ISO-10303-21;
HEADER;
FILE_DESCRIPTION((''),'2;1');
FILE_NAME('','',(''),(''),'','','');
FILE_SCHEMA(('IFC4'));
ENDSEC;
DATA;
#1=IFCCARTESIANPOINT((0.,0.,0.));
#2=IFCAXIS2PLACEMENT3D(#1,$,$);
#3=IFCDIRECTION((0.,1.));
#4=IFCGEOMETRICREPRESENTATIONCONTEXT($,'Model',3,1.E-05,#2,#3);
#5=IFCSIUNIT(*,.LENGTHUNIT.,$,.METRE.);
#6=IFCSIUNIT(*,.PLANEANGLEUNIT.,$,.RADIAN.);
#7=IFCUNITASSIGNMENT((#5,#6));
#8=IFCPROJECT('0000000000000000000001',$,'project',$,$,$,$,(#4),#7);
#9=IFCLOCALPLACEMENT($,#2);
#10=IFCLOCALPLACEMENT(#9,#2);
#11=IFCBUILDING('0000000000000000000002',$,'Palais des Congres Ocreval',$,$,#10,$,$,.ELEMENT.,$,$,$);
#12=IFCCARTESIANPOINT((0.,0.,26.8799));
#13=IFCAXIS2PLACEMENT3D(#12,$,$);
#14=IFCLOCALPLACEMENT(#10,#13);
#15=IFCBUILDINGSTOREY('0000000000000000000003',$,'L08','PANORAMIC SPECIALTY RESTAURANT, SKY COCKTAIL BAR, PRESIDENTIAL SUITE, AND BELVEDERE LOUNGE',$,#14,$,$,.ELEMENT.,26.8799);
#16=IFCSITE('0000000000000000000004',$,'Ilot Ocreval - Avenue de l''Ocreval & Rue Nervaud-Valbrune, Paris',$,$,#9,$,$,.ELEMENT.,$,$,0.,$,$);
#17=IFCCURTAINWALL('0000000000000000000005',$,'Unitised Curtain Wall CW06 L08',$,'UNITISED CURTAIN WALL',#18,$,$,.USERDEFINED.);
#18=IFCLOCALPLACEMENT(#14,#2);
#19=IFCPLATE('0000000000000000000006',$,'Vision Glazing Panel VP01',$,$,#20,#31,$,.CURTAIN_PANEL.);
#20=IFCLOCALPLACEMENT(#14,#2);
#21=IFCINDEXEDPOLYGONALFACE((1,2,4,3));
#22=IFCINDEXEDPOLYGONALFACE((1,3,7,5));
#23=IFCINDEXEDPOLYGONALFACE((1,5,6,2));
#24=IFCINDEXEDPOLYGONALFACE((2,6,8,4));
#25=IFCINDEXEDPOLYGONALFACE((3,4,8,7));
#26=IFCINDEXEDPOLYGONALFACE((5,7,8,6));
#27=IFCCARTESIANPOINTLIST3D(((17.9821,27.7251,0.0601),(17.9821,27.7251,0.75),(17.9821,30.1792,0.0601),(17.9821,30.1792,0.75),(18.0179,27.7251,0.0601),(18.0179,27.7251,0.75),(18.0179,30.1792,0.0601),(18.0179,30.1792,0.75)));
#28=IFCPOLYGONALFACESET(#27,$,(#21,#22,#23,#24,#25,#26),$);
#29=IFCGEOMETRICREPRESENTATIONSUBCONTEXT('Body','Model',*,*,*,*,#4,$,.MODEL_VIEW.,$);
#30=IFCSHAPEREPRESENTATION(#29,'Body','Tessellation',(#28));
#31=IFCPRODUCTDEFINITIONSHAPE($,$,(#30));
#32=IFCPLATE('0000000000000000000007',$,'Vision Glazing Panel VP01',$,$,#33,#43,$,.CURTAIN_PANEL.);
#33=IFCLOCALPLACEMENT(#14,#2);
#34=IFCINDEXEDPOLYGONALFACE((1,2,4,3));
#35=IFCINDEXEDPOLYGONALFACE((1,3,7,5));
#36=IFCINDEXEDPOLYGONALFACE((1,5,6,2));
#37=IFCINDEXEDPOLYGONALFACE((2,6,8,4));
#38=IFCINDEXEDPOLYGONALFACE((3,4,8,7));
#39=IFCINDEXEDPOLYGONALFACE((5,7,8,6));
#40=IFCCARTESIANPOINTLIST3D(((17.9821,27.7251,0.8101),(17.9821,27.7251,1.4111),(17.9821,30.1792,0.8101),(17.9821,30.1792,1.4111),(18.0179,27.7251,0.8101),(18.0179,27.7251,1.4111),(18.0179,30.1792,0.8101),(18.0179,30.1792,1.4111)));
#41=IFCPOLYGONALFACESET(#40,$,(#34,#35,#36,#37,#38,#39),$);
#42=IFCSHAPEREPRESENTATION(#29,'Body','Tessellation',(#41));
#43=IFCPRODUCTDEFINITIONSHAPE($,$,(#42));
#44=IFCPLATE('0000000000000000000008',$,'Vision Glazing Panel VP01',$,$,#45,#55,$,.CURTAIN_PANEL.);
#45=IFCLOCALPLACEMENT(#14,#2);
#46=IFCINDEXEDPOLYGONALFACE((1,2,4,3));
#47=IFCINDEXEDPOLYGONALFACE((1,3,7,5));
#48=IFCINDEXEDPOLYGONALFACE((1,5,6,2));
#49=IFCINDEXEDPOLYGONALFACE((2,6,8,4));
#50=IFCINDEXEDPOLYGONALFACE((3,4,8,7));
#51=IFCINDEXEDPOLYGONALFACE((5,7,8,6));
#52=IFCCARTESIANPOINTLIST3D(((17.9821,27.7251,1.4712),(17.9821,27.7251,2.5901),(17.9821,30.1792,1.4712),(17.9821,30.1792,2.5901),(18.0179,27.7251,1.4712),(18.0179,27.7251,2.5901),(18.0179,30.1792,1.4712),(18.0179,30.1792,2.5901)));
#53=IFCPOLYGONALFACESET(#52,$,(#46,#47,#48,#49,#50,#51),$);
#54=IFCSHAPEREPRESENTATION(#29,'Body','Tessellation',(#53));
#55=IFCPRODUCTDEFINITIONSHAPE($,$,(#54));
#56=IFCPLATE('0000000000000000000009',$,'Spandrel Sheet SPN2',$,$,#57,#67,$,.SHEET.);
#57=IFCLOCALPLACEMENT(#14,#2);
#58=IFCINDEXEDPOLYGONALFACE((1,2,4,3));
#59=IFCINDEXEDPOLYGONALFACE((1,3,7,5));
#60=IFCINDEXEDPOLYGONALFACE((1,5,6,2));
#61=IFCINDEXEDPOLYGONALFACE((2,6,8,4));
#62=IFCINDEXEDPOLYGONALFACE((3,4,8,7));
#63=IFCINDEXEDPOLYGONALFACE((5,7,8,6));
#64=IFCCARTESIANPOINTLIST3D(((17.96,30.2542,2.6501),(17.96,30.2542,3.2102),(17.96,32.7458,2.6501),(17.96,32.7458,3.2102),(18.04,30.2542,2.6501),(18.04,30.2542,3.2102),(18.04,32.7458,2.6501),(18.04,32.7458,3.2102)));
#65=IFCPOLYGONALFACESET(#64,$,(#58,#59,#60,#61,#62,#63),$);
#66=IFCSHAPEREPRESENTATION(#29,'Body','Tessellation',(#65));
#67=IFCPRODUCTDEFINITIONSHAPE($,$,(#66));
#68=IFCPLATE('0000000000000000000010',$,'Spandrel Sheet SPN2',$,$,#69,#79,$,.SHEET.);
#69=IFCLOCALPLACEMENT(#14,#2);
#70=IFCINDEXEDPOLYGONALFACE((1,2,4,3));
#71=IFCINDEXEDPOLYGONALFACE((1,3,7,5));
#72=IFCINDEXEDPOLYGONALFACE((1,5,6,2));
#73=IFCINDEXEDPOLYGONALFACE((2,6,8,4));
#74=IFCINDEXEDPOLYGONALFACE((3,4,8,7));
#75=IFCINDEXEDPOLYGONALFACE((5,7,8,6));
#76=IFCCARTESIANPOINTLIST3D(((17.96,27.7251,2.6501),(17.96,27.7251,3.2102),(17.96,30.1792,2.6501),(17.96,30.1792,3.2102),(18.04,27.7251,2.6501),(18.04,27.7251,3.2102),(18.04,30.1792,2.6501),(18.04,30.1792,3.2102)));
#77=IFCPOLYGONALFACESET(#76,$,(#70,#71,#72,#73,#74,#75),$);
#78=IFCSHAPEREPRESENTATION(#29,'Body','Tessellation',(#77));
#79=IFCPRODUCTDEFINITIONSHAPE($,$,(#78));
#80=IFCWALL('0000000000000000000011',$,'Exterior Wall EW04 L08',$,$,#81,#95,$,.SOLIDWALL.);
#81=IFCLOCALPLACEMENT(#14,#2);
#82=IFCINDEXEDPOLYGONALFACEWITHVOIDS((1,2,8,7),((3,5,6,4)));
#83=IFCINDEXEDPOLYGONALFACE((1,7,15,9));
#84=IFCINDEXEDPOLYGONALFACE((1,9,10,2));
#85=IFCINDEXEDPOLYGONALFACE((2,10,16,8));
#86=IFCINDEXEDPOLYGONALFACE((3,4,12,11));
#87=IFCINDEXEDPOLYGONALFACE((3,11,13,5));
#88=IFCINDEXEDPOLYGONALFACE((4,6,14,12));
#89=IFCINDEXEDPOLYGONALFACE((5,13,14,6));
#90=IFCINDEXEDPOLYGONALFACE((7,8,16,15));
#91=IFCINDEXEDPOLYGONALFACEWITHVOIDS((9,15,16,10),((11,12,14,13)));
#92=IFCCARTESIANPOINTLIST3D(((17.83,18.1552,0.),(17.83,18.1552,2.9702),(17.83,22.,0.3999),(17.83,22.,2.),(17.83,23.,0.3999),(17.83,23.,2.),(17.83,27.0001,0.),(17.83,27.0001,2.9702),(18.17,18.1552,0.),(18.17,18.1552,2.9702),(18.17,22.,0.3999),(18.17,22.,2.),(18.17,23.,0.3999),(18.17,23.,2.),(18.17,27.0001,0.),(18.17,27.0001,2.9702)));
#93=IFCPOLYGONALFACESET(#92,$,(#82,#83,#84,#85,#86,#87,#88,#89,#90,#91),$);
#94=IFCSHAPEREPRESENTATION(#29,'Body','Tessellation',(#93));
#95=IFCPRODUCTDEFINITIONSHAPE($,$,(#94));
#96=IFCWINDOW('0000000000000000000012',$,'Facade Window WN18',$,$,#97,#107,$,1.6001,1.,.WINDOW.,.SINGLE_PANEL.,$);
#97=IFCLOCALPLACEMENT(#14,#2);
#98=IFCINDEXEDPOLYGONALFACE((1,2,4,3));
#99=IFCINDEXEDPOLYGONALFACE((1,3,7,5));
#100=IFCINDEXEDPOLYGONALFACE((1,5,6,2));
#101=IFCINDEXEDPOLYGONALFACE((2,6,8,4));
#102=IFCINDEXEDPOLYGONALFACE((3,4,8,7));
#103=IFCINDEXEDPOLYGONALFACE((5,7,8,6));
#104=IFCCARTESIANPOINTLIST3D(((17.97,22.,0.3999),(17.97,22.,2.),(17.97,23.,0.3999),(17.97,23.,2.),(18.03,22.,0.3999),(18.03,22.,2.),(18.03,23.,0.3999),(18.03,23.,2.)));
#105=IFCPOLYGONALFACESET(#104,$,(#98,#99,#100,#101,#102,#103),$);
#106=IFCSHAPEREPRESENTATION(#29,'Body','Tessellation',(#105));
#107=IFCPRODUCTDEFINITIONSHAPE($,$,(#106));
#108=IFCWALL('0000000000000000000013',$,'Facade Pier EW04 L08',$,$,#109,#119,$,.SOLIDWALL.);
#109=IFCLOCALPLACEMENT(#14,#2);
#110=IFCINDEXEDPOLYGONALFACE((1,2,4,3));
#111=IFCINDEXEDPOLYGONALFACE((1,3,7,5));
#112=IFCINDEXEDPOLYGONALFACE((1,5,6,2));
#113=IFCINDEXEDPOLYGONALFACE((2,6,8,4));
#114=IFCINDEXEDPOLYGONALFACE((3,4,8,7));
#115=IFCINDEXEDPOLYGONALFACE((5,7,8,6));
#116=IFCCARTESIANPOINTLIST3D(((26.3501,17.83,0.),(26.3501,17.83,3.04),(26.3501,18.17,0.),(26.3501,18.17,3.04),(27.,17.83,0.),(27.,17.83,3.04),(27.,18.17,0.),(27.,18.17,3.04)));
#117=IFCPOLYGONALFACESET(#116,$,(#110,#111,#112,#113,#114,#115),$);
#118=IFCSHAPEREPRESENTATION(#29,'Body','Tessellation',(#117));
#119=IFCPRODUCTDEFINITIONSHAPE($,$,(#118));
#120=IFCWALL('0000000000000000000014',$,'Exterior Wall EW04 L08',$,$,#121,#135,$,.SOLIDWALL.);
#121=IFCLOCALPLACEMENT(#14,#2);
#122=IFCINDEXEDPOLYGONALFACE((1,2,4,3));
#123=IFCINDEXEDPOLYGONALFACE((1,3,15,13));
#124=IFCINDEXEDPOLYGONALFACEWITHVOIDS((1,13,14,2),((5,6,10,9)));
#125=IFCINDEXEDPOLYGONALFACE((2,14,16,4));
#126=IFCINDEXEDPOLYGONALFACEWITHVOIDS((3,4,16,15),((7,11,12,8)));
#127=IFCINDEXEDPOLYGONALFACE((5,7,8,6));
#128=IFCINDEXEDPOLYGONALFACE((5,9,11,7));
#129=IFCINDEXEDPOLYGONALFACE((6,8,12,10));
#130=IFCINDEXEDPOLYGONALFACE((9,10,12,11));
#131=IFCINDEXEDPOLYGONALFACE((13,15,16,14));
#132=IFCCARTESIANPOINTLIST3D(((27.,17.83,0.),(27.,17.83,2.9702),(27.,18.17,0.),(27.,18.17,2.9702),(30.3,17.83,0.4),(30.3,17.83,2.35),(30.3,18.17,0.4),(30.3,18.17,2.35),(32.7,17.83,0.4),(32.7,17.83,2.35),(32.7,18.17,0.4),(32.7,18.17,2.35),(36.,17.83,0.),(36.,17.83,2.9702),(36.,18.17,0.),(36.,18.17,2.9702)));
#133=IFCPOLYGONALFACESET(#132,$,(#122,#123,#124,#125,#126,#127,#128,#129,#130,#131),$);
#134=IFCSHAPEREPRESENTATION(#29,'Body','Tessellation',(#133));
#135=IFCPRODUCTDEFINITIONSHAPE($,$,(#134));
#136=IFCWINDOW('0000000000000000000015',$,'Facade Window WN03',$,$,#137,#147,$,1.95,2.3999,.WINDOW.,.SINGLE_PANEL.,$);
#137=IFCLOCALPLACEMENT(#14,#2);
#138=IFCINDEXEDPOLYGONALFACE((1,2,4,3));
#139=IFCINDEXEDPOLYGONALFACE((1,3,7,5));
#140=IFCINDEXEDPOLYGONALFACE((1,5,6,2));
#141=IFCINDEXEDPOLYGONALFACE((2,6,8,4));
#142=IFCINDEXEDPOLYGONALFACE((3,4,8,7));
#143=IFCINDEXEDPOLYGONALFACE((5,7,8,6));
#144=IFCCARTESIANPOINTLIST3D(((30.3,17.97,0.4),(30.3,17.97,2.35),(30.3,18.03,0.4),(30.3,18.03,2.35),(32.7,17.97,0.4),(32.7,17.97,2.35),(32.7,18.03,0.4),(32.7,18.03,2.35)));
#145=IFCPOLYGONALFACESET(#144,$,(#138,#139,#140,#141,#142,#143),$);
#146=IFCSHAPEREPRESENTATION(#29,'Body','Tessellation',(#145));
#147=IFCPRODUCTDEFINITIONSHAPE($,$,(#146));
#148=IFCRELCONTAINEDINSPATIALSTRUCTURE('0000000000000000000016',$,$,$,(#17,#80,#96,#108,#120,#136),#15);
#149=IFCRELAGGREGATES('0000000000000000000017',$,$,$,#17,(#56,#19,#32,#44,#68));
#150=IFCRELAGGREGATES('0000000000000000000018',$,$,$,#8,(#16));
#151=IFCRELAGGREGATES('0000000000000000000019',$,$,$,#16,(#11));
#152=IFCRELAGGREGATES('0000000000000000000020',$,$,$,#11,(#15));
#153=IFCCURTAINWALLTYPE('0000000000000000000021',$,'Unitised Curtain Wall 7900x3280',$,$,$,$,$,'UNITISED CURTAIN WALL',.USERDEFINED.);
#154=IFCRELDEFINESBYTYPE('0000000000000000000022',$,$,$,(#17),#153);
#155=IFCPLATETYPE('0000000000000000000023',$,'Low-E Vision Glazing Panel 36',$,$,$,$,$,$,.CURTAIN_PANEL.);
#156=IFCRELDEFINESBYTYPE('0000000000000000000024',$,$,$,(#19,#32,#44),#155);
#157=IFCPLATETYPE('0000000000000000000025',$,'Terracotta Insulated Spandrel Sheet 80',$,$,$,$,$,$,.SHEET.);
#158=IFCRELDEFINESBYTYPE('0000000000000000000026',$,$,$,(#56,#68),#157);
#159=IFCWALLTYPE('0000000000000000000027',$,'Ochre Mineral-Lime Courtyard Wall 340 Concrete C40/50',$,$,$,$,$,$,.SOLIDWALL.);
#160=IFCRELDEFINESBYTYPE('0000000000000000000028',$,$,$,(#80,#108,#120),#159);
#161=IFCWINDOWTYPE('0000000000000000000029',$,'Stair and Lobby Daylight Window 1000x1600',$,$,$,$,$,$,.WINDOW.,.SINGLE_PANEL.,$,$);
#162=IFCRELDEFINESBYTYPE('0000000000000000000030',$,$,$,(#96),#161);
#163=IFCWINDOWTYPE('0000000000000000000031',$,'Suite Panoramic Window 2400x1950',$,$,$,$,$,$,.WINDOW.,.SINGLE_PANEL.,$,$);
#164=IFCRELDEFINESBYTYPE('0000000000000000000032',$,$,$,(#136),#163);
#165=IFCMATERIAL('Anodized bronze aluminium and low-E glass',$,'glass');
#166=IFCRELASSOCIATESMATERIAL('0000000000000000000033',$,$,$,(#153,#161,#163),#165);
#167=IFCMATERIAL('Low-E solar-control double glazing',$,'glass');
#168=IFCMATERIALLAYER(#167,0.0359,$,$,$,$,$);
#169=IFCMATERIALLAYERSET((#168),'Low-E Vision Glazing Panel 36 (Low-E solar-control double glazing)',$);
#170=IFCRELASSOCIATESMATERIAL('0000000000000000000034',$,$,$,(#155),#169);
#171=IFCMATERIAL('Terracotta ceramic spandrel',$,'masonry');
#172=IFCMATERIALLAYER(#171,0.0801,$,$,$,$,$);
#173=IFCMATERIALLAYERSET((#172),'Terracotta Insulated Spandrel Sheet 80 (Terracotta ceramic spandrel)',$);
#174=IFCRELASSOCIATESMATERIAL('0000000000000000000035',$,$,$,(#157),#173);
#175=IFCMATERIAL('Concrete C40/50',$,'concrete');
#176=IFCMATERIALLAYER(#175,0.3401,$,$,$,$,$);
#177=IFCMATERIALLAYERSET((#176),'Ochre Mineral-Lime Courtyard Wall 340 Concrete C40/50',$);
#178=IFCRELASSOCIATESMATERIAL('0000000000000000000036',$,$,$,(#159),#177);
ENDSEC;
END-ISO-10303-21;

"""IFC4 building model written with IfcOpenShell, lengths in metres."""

from ifc_helpers import new_model, si_unit, direction, frame, frame_2d, origin, origin_2d, place, context, subcontext, project, spatial, rectangle, extrude, material, layer, layer_set, type_object, element, fill, aggregate, save


model = new_model("IFC4")

# Units and contexts
model_context = context("Model", 3, precision=1e-05, world=origin(), true_north=direction((0.0, 1.0)))
body_context = subcontext(model_context, "Body", "Model", "MODEL_VIEW")
ifc_project = project(units=[si_unit("LENGTHUNIT", "METRE"), si_unit("PLANEANGLEUNIT", "RADIAN")], contexts=[model_context])

# Site, building, storey
site_placement = place(None, origin())
site = spatial("IfcSite", under=ifc_project, at=site_placement, Name="Ilot Ocreval - Avenue de l'Ocreval & Rue Nervaud-Valbrune, Paris", CompositionType="ELEMENT", RefElevation=0.0)
building_placement = place(site_placement, origin())
building = spatial("IfcBuilding", under=site, at=building_placement, Name="Palais des Congres Ocreval", CompositionType="ELEMENT")
storey_placement = place(building_placement, frame((0.0, 0.0, 26.8799)))
storey = spatial("IfcBuildingStorey", under=building, at=storey_placement, Name="L08", Description="PANORAMIC SPECIALTY RESTAURANT, SKY COCKTAIL BAR, PRESIDENTIAL SUITE, AND BELVEDERE LOUNGE", CompositionType="ELEMENT", Elevation=26.8799)

# Shared definitions
ifc_material_1 = material(Name="Anodized bronze aluminium and low-E glass", Category="glass")
curtain_wall_type = type_object("IfcCurtainWallType", Name="Unitised Curtain Wall 7900x3280", ElementType="UNITISED CURTAIN WALL", PredefinedType="USERDEFINED", material=ifc_material_1)

# Curtain wall
curtain_wall_1_placement = place(storey_placement, origin())
curtain_wall_1 = element("IfcCurtainWall", 1, at=curtain_wall_1_placement, inside=storey, type_object=curtain_wall_type, Name="Unitised Curtain Wall CW06 L08", ObjectType="UNITISED CURTAIN WALL", PredefinedType="USERDEFINED")

# Plates
ifc_material_2 = material(Name="Low-E solar-control double glazing", Category="glass")
ifc_layer_1 = layer(ifc_material_2, 0.0359)
ifc_layer_set_1 = layer_set([ifc_layer_1], Name="Low-E Vision Glazing Panel 36 (Low-E solar-control double glazing)")
plate_type_1 = type_object("IfcPlateType", Name="Low-E Vision Glazing Panel 36", PredefinedType="CURTAIN_PANEL", material=ifc_layer_set_1)
plate_1_placement = place(storey_placement, frame((18.0, 28.9521, 0.0601), z_axis=(0.0, 0.0, 1.0), x_axis=(0.0, -1.0, 0.0)))
plate_1 = element("IfcPlate", 2, at=plate_1_placement, type_object=plate_type_1, Name="Vision Glazing Panel VP01", PredefinedType="CURTAIN_PANEL", context=body_context, shape_type="SweptSolid", body=[
    extrude(rectangle(XDim=2.4541, YDim=0.0359, at=origin_2d()), origin(), (0.0, 0.0, 1.0), 0.6899),
])
plate_2_placement = place(storey_placement, frame((18.0, 28.9521, 0.8101), z_axis=(0.0, 0.0, 1.0), x_axis=(0.0, -1.0, 0.0)))
plate_2 = element("IfcPlate", 3, at=plate_2_placement, type_object=plate_type_1, Name="Vision Glazing Panel VP01", PredefinedType="CURTAIN_PANEL", context=body_context, shape_type="SweptSolid", body=[
    extrude(rectangle(XDim=2.4541, YDim=0.0359, at=origin_2d()), origin(), (0.0, 0.0, 1.0), 0.6011),
])
plate_3_placement = place(storey_placement, frame((18.0, 28.9521, 1.4712), z_axis=(0.0, 0.0, 1.0), x_axis=(0.0, -1.0, 0.0)))
plate_3 = element("IfcPlate", 4, at=plate_3_placement, type_object=plate_type_1, Name="Vision Glazing Panel VP01", PredefinedType="CURTAIN_PANEL", context=body_context, shape_type="SweptSolid", body=[
    extrude(rectangle(XDim=2.4541, YDim=0.0359, at=origin_2d()), origin(), (0.0, 0.0, 1.0), 1.1189),
])
ifc_material_3 = material(Name="Terracotta ceramic spandrel", Category="masonry")
ifc_layer_2 = layer(ifc_material_3, 0.0801)
ifc_layer_set_2 = layer_set([ifc_layer_2], Name="Terracotta Insulated Spandrel Sheet 80 (Terracotta ceramic spandrel)")
plate_type_2 = type_object("IfcPlateType", Name="Terracotta Insulated Spandrel Sheet 80", PredefinedType="SHEET", material=ifc_layer_set_2)
plate_4_placement = place(storey_placement, frame((18.0, 31.5, 2.6501), z_axis=(0.0, 0.0, 1.0), x_axis=(0.0, -1.0, 0.0)))
plate_4 = element("IfcPlate", 5, at=plate_4_placement, type_object=plate_type_2, Name="Spandrel Sheet SPN2", PredefinedType="SHEET", context=body_context, shape_type="SweptSolid", body=[
    extrude(rectangle(XDim=2.4917, YDim=0.0801, at=origin_2d()), origin(), (0.0, 0.0, 1.0), 0.5601),
])
plate_5_placement = place(storey_placement, frame((18.0, 28.9521, 2.6501), z_axis=(0.0, 0.0, 1.0), x_axis=(0.0, -1.0, 0.0)))
plate_5 = element("IfcPlate", 6, at=plate_5_placement, type_object=plate_type_2, Name="Spandrel Sheet SPN2", PredefinedType="SHEET", context=body_context, shape_type="SweptSolid", body=[
    extrude(rectangle(XDim=2.4541, YDim=0.0801, at=origin_2d()), origin(), (0.0, 0.0, 1.0), 0.5601),
])
aggregate(curtain_wall_1, [plate_4, plate_1, plate_2, plate_3, plate_5])

# Wall, opening, window
ifc_material_4 = material(Name="Concrete C40/50", Category="concrete")
ifc_layer_3 = layer(ifc_material_4, 0.3401)
ifc_layer_set_3 = layer_set([ifc_layer_3], Name="Ochre Mineral-Lime Courtyard Wall 340 Concrete C40/50")
wall_type = type_object("IfcWallType", Name="Ochre Mineral-Lime Courtyard Wall 340 Concrete C40/50", PredefinedType="SOLIDWALL", material=ifc_layer_set_3)
wall_1_placement = place(storey_placement, frame((18.0, 27.0, 0.0), z_axis=(0.0, 0.0, 1.0), x_axis=(0.0, -1.0, 0.0)))
wall_1 = element("IfcWall", 7, at=wall_1_placement, inside=storey, type_object=wall_type, Name="Exterior Wall EW04 L08", PredefinedType="SOLIDWALL", context=body_context, shape_type="SweptSolid", body=[
    extrude(rectangle(XDim=8.845, YDim=0.3401, at=frame_2d((4.4224, 0.0))), origin(), (0.0, 0.0, 1.0), 2.9702),
])
opening_1_placement = place(wall_1_placement, frame((4.0, 0.0, 0.3999)))
opening_1 = element("IfcOpeningElement", 8, at=opening_1_placement, cuts=wall_1, PredefinedType="OPENING", context=body_context, shape_type="SweptSolid", body=[
    extrude(rectangle(XDim=1.0, YDim=1.6001, at=frame_2d((0.5, 0.8))), frame((0.0, 0.1799, 0.0), z_axis=(0.0, -1.0, 0.0), x_axis=(1.0, 0.0, 0.0)), (0.0, 0.0, 1.0), 0.3601),
])
window_type_1 = type_object("IfcWindowType", Name="Stair and Lobby Daylight Window 1000x1600", PartitioningType="SINGLE_PANEL", PredefinedType="WINDOW", material=ifc_material_1)
window_1_placement = place(opening_1_placement, origin())
window_1 = element("IfcWindow", 9, at=window_1_placement, inside=storey, type_object=window_type_1, Name="Facade Window WN18", OverallHeight=1.6001, OverallWidth=1.0, PartitioningType="SINGLE_PANEL", PredefinedType="WINDOW", context=body_context, shape_type="SweptSolid", body=[
    extrude(rectangle(XDim=1.0, YDim=1.6001, at=frame_2d((0.5, 0.8))), frame((0.0, 0.03, 0.0), z_axis=(0.0, -1.0, 0.0), x_axis=(1.0, 0.0, 0.0)), (0.0, 0.0, 1.0), 0.0601),
])
fill(opening_1, window_1)

# Wall
wall_2_placement = place(storey_placement, frame((26.3501, 18.0, 0.0), z_axis=(0.0, 0.0, 1.0), x_axis=(1.0, 0.0, 0.0)))
element("IfcWall", 10, at=wall_2_placement, inside=storey, type_object=wall_type, Name="Facade Pier EW04 L08", PredefinedType="SOLIDWALL", context=body_context, shape_type="SweptSolid", body=[
    extrude(rectangle(XDim=0.6499, YDim=0.3401, at=frame_2d((0.325, 0.0))), origin(), (0.0, 0.0, 1.0), 3.04),
])

# Wall, opening, window
wall_3_placement = place(storey_placement, frame((27.0, 18.0, 0.0), z_axis=(0.0, 0.0, 1.0), x_axis=(1.0, 0.0, 0.0)))
wall_3 = element("IfcWall", 11, at=wall_3_placement, inside=storey, type_object=wall_type, Name="Exterior Wall EW04 L08", PredefinedType="SOLIDWALL", context=body_context, shape_type="SweptSolid", body=[
    extrude(rectangle(XDim=9.0, YDim=0.3401, at=frame_2d((4.5, 0.0))), origin(), (0.0, 0.0, 1.0), 2.9702),
])
opening_2_placement = place(wall_3_placement, frame((3.3, 0.0, 0.3999)))
opening_2 = element("IfcOpeningElement", 12, at=opening_2_placement, cuts=wall_3, PredefinedType="OPENING", context=body_context, shape_type="SweptSolid", body=[
    extrude(rectangle(XDim=2.3999, YDim=1.95, at=frame_2d((1.2, 0.9751))), frame((0.0, 0.1799, 0.0), z_axis=(0.0, -1.0, 0.0), x_axis=(1.0, 0.0, 0.0)), (0.0, 0.0, 1.0), 0.3601),
])
window_type_2 = type_object("IfcWindowType", Name="Suite Panoramic Window 2400x1950", PartitioningType="SINGLE_PANEL", PredefinedType="WINDOW", material=ifc_material_1)
window_2_placement = place(opening_2_placement, origin())
window_2 = element("IfcWindow", 13, at=window_2_placement, inside=storey, type_object=window_type_2, Name="Facade Window WN03", OverallHeight=1.95, OverallWidth=2.3999, PartitioningType="SINGLE_PANEL", PredefinedType="WINDOW", context=body_context, shape_type="SweptSolid", body=[
    extrude(rectangle(XDim=2.3999, YDim=1.95, at=frame_2d((1.2, 0.9751))), frame((0.0, 0.03, 0.0), z_axis=(0.0, -1.0, 0.0), x_axis=(1.0, 0.0, 0.0)), (0.0, 0.0, 1.0), 0.0601),
])
fill(opening_2, window_2)

save(model, "model.ifc")
